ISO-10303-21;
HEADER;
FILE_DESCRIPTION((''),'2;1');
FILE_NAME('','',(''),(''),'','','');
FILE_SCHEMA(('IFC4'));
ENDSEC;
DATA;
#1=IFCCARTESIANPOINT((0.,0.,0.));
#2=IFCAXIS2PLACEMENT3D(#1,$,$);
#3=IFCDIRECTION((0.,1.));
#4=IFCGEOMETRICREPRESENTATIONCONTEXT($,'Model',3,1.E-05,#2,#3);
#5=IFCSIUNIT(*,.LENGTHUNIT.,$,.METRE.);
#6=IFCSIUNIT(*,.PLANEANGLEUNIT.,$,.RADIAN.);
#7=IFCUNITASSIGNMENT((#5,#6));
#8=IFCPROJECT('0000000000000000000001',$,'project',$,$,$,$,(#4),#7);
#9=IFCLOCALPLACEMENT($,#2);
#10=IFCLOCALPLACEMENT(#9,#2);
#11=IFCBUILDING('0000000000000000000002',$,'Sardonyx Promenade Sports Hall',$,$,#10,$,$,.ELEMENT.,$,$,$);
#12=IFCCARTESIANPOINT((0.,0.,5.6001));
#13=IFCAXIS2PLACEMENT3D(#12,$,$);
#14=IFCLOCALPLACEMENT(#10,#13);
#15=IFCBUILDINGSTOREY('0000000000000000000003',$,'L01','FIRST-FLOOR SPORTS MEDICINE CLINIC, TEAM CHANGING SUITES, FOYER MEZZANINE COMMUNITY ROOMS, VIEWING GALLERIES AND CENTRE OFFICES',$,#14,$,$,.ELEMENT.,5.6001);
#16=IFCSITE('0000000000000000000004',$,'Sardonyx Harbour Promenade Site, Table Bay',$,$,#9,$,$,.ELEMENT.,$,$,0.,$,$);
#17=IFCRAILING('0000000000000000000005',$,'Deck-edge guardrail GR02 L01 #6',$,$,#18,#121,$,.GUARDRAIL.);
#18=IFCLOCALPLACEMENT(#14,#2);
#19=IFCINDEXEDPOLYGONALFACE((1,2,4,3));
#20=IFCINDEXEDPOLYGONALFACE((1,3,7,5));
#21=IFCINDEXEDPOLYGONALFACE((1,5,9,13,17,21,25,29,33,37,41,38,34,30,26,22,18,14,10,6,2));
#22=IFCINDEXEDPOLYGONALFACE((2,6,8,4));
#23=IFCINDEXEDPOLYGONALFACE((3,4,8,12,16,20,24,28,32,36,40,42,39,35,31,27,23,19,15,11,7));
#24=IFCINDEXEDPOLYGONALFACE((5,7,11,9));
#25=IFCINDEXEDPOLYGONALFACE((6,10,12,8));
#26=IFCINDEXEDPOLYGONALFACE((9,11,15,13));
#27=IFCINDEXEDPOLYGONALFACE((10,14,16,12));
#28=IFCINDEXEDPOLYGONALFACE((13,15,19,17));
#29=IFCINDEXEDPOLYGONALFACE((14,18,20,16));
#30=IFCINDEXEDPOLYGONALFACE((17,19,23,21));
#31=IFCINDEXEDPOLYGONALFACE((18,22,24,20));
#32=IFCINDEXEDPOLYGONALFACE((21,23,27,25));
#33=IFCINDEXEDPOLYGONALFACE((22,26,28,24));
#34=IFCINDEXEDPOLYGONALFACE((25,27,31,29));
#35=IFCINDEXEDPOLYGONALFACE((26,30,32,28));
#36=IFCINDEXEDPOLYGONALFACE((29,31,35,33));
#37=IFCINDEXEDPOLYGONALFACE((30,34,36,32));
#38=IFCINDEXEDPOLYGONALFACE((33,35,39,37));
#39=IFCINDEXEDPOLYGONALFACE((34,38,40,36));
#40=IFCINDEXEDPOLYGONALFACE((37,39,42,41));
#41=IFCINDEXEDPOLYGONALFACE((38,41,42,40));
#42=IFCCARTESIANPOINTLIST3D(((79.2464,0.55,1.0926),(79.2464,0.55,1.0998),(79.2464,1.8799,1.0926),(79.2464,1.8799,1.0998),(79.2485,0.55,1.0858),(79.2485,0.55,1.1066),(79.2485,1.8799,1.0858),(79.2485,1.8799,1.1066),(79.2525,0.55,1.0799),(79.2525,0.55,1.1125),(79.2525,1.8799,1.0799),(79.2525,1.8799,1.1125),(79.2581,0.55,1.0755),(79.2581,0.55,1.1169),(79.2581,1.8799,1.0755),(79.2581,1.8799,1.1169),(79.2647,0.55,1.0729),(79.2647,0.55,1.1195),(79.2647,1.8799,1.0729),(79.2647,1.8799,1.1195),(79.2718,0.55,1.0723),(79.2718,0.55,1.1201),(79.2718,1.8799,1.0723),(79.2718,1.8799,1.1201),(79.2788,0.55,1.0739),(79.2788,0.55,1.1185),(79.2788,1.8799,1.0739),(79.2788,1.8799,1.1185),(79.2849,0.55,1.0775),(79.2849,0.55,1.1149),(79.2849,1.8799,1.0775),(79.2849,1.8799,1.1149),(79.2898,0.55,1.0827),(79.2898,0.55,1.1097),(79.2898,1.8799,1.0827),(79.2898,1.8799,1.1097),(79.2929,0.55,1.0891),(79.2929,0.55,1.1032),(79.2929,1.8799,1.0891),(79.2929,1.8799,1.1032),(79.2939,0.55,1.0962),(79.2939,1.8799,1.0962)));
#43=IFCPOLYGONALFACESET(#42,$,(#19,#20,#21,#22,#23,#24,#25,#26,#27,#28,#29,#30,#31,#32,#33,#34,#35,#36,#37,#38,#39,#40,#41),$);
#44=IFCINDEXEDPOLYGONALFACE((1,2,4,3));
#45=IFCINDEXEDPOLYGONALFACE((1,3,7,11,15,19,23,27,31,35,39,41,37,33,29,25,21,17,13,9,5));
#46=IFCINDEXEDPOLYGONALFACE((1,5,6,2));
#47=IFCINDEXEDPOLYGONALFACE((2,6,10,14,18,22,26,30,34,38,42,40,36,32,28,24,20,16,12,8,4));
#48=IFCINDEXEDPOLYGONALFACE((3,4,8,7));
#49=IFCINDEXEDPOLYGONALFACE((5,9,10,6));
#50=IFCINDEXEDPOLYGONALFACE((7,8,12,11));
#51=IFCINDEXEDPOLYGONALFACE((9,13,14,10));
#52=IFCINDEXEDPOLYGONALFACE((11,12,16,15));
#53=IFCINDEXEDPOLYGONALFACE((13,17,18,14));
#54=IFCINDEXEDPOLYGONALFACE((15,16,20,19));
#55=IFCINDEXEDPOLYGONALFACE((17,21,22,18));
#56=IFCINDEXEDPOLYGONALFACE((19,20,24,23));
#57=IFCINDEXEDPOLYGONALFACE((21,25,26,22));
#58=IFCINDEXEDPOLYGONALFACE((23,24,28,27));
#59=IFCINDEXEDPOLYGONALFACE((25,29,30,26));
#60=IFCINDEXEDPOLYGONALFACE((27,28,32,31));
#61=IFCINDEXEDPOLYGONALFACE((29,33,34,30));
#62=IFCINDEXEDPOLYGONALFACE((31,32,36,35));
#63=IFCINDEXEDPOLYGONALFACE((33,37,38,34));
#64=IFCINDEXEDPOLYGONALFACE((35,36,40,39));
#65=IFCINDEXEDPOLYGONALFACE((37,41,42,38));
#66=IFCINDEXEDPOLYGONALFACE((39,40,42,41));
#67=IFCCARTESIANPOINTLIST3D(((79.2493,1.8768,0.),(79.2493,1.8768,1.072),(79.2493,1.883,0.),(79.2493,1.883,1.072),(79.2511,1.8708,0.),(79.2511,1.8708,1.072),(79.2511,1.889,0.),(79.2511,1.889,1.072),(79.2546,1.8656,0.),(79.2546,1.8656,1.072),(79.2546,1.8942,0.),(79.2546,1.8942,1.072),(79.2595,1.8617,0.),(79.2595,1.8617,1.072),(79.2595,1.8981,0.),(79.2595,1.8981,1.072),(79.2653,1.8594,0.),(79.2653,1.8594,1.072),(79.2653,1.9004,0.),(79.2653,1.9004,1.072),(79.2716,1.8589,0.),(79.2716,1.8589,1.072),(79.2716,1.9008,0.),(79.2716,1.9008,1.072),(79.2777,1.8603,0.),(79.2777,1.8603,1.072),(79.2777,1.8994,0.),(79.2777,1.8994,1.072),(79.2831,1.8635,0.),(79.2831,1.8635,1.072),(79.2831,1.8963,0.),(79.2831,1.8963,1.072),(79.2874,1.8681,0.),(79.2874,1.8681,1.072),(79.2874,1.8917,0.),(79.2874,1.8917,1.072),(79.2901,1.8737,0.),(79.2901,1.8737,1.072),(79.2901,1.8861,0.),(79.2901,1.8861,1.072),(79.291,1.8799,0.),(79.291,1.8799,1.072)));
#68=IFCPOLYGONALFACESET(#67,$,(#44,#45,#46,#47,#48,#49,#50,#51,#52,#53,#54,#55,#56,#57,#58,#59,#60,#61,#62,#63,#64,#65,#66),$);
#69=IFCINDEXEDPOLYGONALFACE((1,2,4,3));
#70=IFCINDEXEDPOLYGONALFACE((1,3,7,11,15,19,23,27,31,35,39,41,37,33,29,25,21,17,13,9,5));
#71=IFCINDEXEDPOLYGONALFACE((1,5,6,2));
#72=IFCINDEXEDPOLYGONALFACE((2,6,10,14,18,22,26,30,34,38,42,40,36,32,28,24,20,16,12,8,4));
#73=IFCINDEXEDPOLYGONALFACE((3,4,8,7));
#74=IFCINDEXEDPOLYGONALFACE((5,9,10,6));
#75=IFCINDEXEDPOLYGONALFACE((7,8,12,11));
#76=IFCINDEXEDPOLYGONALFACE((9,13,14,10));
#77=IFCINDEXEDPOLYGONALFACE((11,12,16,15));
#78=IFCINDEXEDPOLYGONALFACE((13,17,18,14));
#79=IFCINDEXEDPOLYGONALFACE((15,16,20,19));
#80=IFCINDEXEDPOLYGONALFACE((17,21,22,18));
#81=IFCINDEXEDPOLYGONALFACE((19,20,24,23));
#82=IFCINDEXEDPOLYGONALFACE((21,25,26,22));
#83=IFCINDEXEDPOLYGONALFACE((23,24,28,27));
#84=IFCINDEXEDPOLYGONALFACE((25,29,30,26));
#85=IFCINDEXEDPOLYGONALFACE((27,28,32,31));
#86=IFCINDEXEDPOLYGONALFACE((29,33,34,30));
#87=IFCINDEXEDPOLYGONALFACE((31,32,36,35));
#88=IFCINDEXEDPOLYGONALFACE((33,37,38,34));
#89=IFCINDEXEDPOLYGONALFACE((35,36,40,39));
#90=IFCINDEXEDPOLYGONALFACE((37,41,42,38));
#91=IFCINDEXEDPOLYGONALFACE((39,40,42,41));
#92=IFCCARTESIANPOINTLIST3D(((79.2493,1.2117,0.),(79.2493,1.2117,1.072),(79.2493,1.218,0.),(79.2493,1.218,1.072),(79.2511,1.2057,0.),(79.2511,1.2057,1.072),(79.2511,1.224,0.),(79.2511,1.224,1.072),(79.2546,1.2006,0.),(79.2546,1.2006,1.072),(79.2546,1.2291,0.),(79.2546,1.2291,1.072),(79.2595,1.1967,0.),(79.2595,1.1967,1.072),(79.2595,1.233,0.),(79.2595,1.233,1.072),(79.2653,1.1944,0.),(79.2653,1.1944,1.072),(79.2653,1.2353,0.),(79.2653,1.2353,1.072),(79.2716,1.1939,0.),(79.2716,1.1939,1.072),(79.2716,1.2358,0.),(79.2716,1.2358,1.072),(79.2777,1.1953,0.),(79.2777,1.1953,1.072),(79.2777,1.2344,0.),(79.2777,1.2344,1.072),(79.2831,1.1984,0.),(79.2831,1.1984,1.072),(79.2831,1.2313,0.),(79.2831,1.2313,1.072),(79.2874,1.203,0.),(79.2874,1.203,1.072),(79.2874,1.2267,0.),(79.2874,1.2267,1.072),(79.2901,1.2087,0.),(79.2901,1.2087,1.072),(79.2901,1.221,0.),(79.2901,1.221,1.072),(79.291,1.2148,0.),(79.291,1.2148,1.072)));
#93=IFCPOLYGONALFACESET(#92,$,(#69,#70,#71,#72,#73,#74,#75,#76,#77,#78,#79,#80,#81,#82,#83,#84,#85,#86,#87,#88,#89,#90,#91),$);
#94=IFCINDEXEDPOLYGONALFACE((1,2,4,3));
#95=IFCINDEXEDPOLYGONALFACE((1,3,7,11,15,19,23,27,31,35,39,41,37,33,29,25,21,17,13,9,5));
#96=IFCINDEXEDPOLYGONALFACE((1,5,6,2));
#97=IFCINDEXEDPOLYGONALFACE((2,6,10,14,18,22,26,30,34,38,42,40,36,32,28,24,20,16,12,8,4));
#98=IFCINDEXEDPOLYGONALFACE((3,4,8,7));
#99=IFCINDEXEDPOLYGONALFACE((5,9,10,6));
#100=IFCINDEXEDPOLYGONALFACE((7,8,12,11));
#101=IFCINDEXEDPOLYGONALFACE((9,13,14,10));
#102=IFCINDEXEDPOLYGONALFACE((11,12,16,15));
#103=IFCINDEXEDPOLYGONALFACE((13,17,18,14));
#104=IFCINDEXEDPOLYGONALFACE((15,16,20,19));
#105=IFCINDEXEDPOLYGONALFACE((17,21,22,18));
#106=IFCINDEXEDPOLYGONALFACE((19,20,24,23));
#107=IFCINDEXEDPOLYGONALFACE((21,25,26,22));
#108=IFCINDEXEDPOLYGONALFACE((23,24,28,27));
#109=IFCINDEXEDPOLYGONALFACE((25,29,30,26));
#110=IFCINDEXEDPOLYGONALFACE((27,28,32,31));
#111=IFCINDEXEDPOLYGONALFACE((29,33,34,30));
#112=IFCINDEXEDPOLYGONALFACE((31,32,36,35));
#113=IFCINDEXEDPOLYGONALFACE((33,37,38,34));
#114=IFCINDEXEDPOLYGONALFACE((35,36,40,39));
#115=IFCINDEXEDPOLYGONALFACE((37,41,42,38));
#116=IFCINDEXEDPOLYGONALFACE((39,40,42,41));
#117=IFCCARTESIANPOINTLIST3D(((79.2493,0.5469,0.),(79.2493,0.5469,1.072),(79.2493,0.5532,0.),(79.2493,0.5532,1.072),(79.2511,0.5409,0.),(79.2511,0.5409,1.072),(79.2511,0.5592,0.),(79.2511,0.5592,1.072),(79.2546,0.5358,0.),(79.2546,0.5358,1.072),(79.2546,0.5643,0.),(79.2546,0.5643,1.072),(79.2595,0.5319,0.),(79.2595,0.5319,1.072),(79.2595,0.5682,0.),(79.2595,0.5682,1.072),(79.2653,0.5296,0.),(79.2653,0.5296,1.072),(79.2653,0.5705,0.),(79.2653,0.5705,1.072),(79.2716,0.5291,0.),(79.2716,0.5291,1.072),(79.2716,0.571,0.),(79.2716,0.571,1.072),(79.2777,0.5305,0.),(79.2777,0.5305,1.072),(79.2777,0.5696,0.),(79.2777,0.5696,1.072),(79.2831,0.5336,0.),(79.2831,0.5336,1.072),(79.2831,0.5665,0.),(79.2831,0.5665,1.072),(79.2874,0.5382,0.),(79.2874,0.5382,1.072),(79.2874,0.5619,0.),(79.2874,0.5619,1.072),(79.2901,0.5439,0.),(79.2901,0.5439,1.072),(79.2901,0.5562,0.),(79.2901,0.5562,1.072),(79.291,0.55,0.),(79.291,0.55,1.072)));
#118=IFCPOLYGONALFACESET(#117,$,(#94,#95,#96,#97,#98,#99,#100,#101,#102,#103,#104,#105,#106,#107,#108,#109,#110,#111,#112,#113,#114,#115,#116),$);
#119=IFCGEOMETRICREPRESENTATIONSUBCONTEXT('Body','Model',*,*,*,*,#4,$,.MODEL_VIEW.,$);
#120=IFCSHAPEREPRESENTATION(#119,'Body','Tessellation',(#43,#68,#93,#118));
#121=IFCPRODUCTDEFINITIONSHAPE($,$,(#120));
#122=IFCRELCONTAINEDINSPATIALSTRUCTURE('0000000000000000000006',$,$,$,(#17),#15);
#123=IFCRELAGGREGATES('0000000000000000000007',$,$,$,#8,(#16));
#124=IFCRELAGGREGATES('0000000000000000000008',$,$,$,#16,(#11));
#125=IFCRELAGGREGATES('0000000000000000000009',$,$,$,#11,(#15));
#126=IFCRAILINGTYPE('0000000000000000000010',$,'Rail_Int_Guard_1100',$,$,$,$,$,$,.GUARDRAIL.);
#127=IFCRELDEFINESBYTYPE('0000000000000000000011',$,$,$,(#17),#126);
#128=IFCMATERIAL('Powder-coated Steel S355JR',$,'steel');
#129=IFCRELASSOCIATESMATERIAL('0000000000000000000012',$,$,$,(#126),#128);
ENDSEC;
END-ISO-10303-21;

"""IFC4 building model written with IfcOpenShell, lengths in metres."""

from ifc_helpers import new_model, si_unit, direction, frame, origin, origin_2d, place, context, subcontext, project, spatial, circle, extrude, material, type_object, element, save


model = new_model("IFC4")

# Units and contexts
model_context = context("Model", 3, precision=1e-05, world=origin(), true_north=direction((0.0, 1.0)))
body_context = subcontext(model_context, "Body", "Model", "MODEL_VIEW")
ifc_project = project(units=[si_unit("LENGTHUNIT", "METRE"), si_unit("PLANEANGLEUNIT", "RADIAN")], contexts=[model_context])

# Site, building, storey
site_placement = place(None, origin())
site = spatial("IfcSite", under=ifc_project, at=site_placement, Name="Sardonyx Harbour Promenade Site, Table Bay", CompositionType="ELEMENT", RefElevation=0.0)
building_placement = place(site_placement, origin())
building = spatial("IfcBuilding", under=site, at=building_placement, Name="Sardonyx Promenade Sports Hall", CompositionType="ELEMENT")
storey_placement = place(building_placement, frame((0.0, 0.0, 5.6001)))
storey = spatial("IfcBuildingStorey", under=building, at=storey_placement, Name="L01", Description="FIRST-FLOOR SPORTS MEDICINE CLINIC, TEAM CHANGING SUITES, FOYER MEZZANINE COMMUNITY ROOMS, VIEWING GALLERIES AND CENTRE OFFICES", CompositionType="ELEMENT", Elevation=5.6001)

# Railing
ifc_material_1 = material(Name="Powder-coated Steel S355JR", Category="steel")
railing_type = type_object("IfcRailingType", Name="Rail_Int_Guard_1100", PredefinedType="GUARDRAIL", material=ifc_material_1)
railing_1_placement = place(storey_placement, frame((79.27, 1.8799, 0.0)))
element("IfcRailing", 1, at=railing_1_placement, inside=storey, type_object=railing_type, Name="Deck-edge guardrail GR02 L01 #6", PredefinedType="GUARDRAIL", context=body_context, shape_type="SweptSolid", body=[
    extrude(circle(Radius=0.0239, at=origin_2d()), frame((0.0, 0.0, 1.0962), z_axis=(0.0, -1.0, 0.0), x_axis=(1.0, 0.0, 0.0)), (0.0, 0.0, 1.0), 1.3298),
    extrude(circle(Radius=0.021, at=origin_2d()), origin(), (0.0, 0.0, 1.0), 1.072),
    extrude(circle(Radius=0.021, at=origin_2d()), frame((0.0, -0.665, 0.0)), (0.0, 0.0, 1.0), 1.072),
    extrude(circle(Radius=0.021, at=origin_2d()), frame((0.0, -1.3298, 0.0)), (0.0, 0.0, 1.0), 1.072),
])

save(model, "model.ifc")
